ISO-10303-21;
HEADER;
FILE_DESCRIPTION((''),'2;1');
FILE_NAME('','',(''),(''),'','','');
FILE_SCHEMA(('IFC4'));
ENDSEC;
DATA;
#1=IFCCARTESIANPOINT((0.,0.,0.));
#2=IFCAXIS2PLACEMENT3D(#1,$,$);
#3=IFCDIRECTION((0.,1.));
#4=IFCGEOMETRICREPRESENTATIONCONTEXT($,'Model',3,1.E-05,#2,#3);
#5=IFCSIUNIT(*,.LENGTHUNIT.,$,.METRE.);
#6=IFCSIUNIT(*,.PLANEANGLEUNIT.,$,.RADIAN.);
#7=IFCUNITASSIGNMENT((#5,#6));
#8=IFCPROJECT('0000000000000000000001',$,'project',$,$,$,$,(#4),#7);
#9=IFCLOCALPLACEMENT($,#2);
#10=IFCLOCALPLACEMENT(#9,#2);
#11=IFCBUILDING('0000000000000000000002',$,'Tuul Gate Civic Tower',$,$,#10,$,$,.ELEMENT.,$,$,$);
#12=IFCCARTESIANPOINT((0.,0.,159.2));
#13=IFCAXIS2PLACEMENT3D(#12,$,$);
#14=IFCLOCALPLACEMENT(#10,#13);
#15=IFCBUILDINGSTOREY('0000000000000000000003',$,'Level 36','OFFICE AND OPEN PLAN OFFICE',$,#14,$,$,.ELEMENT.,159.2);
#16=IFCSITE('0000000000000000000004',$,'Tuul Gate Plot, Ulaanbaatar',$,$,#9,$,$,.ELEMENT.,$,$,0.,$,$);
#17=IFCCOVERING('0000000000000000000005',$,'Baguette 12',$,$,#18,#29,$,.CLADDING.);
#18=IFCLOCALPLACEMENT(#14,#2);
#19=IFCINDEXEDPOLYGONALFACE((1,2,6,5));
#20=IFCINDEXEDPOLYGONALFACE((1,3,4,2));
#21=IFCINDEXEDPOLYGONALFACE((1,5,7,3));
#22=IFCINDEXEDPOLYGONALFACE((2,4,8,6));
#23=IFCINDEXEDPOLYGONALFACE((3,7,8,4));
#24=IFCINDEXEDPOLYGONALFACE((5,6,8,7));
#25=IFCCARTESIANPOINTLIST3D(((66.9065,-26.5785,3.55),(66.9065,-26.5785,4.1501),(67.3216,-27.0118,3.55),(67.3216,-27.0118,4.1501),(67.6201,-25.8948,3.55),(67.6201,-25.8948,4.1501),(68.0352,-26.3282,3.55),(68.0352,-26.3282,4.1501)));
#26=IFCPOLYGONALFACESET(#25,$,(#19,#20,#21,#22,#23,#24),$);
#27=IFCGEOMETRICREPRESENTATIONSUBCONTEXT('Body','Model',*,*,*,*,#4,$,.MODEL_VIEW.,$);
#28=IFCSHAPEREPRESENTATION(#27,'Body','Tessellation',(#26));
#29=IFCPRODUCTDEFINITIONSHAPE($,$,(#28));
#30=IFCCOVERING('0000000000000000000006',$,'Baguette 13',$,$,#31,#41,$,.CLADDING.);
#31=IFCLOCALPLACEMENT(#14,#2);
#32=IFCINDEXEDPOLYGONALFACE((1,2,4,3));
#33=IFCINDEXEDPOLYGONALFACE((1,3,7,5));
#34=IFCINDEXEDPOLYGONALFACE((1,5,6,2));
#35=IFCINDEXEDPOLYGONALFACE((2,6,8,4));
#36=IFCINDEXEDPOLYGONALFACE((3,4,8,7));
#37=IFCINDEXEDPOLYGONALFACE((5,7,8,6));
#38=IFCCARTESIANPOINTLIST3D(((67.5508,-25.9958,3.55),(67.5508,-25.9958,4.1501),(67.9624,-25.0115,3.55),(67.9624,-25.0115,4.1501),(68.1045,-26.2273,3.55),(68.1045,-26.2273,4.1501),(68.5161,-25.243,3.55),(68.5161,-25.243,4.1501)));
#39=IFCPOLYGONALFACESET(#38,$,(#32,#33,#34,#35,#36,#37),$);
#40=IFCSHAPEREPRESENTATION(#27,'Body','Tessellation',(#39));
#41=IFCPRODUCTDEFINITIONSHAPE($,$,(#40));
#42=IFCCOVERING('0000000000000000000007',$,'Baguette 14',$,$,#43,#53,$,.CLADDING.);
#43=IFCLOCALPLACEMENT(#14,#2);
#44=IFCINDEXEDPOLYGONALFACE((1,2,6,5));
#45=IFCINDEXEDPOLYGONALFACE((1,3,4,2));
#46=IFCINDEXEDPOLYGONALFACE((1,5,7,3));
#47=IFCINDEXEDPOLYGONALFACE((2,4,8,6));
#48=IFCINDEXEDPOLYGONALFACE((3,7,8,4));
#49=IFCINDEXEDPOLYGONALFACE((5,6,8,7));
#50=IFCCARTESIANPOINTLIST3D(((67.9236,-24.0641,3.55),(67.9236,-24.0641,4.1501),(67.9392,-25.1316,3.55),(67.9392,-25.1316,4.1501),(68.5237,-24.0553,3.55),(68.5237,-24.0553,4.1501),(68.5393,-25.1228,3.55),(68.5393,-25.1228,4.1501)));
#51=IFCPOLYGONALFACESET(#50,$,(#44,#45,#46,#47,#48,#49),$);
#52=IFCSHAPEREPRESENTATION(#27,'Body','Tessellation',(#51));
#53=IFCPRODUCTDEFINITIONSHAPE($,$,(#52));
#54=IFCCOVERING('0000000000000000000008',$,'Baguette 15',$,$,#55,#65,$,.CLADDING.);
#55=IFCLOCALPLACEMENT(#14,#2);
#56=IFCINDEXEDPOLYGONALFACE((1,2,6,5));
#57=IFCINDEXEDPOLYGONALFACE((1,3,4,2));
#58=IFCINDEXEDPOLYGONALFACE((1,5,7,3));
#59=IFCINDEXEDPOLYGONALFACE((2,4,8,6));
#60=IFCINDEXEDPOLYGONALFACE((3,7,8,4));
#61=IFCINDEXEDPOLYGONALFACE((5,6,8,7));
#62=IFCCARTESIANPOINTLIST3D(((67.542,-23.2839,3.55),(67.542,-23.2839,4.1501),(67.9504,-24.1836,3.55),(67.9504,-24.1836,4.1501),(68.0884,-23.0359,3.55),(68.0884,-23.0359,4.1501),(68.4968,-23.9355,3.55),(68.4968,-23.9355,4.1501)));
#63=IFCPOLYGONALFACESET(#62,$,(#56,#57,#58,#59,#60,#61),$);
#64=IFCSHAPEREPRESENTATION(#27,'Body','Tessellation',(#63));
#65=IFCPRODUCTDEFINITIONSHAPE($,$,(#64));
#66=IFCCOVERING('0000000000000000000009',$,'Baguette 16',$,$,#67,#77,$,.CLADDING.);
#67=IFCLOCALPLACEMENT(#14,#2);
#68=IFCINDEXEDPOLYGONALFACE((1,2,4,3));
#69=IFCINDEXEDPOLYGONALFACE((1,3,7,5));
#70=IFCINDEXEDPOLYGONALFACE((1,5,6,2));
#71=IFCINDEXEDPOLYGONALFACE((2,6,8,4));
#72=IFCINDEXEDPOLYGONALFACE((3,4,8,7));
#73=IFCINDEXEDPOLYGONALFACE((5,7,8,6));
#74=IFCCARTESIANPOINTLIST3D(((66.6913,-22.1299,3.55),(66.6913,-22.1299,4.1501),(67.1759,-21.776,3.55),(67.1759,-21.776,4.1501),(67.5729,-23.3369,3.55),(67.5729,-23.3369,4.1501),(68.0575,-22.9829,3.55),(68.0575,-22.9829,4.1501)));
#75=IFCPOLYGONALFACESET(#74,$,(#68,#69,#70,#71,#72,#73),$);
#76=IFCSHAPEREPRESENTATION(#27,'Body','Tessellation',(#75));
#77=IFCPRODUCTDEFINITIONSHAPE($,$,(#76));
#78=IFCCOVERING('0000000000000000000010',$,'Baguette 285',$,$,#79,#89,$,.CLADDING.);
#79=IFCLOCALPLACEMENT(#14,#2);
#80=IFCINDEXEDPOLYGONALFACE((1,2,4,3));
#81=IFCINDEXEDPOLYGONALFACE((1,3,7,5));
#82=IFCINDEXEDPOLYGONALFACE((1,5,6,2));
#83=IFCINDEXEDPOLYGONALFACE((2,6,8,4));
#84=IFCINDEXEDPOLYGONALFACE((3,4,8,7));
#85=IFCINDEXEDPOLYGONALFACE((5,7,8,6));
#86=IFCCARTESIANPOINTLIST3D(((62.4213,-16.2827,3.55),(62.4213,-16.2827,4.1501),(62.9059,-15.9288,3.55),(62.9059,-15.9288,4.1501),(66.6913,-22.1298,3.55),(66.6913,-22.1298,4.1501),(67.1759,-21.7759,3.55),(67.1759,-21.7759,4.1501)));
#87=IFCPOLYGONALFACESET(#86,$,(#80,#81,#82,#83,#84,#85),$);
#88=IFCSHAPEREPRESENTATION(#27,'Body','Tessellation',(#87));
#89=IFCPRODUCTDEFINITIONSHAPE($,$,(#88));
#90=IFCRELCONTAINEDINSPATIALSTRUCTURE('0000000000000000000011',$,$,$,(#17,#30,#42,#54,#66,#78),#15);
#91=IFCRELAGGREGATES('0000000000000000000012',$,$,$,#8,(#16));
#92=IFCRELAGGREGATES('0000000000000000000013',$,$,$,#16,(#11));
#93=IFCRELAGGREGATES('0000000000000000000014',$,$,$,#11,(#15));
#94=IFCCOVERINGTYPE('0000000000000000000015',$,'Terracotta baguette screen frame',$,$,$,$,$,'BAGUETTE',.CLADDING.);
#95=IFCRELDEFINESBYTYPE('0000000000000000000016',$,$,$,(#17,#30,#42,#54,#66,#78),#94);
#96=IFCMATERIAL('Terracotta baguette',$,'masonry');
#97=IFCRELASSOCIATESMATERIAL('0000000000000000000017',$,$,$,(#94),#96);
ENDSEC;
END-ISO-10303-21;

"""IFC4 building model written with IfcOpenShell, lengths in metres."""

from ifc_helpers import new_model, si_unit, direction, frame, origin, origin_2d, place, context, subcontext, project, spatial, rectangle, extrude, material, material_profile, profile_set, type_object, element, save


model = new_model("IFC4")

# Units and contexts
model_context = context("Model", 3, precision=1e-05, world=origin(), true_north=direction((0.0, 1.0)))
body_context = subcontext(model_context, "Body", "Model", "MODEL_VIEW")
ifc_project = project(units=[si_unit("LENGTHUNIT", "METRE"), si_unit("PLANEANGLEUNIT", "RADIAN")], contexts=[model_context])

# Site, building, storey
site_placement = place(None, origin())
site = spatial("IfcSite", under=ifc_project, at=site_placement, Name="Tuul Gate Plot, Ulaanbaatar", CompositionType="ELEMENT", RefElevation=0.0)
building_placement = place(site_placement, origin())
building = spatial("IfcBuilding", under=site, at=building_placement, Name="Tuul Gate Civic Tower", CompositionType="ELEMENT")
storey_placement = place(building_placement, frame((0.0, 0.0, 159.2)))
storey = spatial("IfcBuildingStorey", under=building, at=storey_placement, Name="Level 36", Description="OFFICE AND OPEN PLAN OFFICE", CompositionType="ELEMENT", Elevation=159.2)

# Coverings
ifc_material_1 = material(Name="Terracotta baguette", Category="masonry")
ifc_material_profile_1 = material_profile(ifc_material_1, rectangle(XDim=0.6001, YDim=0.6001, at=origin_2d()), Name="Terracotta baguette screen frame")
ifc_profile_set_1 = profile_set([ifc_material_profile_1], Name="Terracotta baguette")
covering_type = type_object("IfcCoveringType", Name="Terracotta baguette screen frame", ElementType="BAGUETTE", PredefinedType="CLADDING", material=ifc_profile_set_1)
covering_1_placement = place(storey_placement, frame((67.114, -26.7952, 3.8501), z_axis=(0.722137, 0.69175, 0.0), x_axis=(-0.69175, 0.722137, 0.0)))
element("IfcCovering", 1, at=covering_1_placement, inside=storey, type_object=covering_type, Name="Baguette 12", PredefinedType="CLADDING", context=body_context, shape_type="SweptSolid", body=[
    extrude(rectangle(XDim=0.6001, YDim=0.6001, at=origin_2d()), origin(), (0.0, 0.0, 1.0), 0.9883),
])
covering_2_placement = place(storey_placement, frame((67.8276, -26.1116, 3.8501), z_axis=(0.385785, 0.922589, 0.0), x_axis=(-0.922589, 0.385785, 0.0)))
element("IfcCovering", 2, at=covering_2_placement, inside=storey, type_object=covering_type, Name="Baguette 13", PredefinedType="CLADDING", context=body_context, shape_type="SweptSolid", body=[
    extrude(rectangle(XDim=0.6001, YDim=0.6001, at=origin_2d()), origin(), (0.0, 0.0, 1.0), 1.0669),
])
covering_3_placement = place(storey_placement, frame((68.2393, -25.1272, 3.8501), z_axis=(-0.014634, 0.999893, 0.0), x_axis=(-0.999893, -0.014634, 0.0)))
element("IfcCovering", 3, at=covering_3_placement, inside=storey, type_object=covering_type, Name="Baguette 14", PredefinedType="CLADDING", context=body_context, shape_type="SweptSolid", body=[
    extrude(rectangle(XDim=0.6001, YDim=0.6001, at=origin_2d()), origin(), (0.0, 0.0, 1.0), 1.0676),
])
covering_4_placement = place(storey_placement, frame((68.2236, -24.0596, 3.8501), z_axis=(-0.413393, 0.910553, 0.0), x_axis=(-0.910553, -0.413393, 0.0)))
element("IfcCovering", 4, at=covering_4_placement, inside=storey, type_object=covering_type, Name="Baguette 15", PredefinedType="CLADDING", context=body_context, shape_type="SweptSolid", body=[
    extrude(rectangle(XDim=0.6001, YDim=0.6001, at=origin_2d()), origin(), (0.0, 0.0, 1.0), 0.988),
])
covering_5_placement = place(storey_placement, frame((67.8152, -23.1599, 3.8501), z_axis=(-0.589812, 0.807541, 0.0), x_axis=(-0.807541, -0.589812, 0.0)))
element("IfcCovering", 5, at=covering_5_placement, inside=storey, type_object=covering_type, Name="Baguette 16", PredefinedType="CLADDING", context=body_context, shape_type="SweptSolid", body=[
    extrude(rectangle(XDim=0.6001, YDim=0.6001, at=origin_2d()), origin(), (0.0, 0.0, 1.0), 1.4946),
])
covering_6_placement = place(storey_placement, frame((66.9336, -21.9529, 3.8501), z_axis=(-0.589754, 0.807583, 0.0), x_axis=(-0.807583, -0.589754, 0.0)))
element("IfcCovering", 6, at=covering_6_placement, inside=storey, type_object=covering_type, Name="Baguette 285", PredefinedType="CLADDING", context=body_context, shape_type="SweptSolid", body=[
    extrude(rectangle(XDim=0.6001, YDim=0.6001, at=origin_2d()), origin(), (0.0, 0.0, 1.0), 7.2402),
])

save(model, "model.ifc")
